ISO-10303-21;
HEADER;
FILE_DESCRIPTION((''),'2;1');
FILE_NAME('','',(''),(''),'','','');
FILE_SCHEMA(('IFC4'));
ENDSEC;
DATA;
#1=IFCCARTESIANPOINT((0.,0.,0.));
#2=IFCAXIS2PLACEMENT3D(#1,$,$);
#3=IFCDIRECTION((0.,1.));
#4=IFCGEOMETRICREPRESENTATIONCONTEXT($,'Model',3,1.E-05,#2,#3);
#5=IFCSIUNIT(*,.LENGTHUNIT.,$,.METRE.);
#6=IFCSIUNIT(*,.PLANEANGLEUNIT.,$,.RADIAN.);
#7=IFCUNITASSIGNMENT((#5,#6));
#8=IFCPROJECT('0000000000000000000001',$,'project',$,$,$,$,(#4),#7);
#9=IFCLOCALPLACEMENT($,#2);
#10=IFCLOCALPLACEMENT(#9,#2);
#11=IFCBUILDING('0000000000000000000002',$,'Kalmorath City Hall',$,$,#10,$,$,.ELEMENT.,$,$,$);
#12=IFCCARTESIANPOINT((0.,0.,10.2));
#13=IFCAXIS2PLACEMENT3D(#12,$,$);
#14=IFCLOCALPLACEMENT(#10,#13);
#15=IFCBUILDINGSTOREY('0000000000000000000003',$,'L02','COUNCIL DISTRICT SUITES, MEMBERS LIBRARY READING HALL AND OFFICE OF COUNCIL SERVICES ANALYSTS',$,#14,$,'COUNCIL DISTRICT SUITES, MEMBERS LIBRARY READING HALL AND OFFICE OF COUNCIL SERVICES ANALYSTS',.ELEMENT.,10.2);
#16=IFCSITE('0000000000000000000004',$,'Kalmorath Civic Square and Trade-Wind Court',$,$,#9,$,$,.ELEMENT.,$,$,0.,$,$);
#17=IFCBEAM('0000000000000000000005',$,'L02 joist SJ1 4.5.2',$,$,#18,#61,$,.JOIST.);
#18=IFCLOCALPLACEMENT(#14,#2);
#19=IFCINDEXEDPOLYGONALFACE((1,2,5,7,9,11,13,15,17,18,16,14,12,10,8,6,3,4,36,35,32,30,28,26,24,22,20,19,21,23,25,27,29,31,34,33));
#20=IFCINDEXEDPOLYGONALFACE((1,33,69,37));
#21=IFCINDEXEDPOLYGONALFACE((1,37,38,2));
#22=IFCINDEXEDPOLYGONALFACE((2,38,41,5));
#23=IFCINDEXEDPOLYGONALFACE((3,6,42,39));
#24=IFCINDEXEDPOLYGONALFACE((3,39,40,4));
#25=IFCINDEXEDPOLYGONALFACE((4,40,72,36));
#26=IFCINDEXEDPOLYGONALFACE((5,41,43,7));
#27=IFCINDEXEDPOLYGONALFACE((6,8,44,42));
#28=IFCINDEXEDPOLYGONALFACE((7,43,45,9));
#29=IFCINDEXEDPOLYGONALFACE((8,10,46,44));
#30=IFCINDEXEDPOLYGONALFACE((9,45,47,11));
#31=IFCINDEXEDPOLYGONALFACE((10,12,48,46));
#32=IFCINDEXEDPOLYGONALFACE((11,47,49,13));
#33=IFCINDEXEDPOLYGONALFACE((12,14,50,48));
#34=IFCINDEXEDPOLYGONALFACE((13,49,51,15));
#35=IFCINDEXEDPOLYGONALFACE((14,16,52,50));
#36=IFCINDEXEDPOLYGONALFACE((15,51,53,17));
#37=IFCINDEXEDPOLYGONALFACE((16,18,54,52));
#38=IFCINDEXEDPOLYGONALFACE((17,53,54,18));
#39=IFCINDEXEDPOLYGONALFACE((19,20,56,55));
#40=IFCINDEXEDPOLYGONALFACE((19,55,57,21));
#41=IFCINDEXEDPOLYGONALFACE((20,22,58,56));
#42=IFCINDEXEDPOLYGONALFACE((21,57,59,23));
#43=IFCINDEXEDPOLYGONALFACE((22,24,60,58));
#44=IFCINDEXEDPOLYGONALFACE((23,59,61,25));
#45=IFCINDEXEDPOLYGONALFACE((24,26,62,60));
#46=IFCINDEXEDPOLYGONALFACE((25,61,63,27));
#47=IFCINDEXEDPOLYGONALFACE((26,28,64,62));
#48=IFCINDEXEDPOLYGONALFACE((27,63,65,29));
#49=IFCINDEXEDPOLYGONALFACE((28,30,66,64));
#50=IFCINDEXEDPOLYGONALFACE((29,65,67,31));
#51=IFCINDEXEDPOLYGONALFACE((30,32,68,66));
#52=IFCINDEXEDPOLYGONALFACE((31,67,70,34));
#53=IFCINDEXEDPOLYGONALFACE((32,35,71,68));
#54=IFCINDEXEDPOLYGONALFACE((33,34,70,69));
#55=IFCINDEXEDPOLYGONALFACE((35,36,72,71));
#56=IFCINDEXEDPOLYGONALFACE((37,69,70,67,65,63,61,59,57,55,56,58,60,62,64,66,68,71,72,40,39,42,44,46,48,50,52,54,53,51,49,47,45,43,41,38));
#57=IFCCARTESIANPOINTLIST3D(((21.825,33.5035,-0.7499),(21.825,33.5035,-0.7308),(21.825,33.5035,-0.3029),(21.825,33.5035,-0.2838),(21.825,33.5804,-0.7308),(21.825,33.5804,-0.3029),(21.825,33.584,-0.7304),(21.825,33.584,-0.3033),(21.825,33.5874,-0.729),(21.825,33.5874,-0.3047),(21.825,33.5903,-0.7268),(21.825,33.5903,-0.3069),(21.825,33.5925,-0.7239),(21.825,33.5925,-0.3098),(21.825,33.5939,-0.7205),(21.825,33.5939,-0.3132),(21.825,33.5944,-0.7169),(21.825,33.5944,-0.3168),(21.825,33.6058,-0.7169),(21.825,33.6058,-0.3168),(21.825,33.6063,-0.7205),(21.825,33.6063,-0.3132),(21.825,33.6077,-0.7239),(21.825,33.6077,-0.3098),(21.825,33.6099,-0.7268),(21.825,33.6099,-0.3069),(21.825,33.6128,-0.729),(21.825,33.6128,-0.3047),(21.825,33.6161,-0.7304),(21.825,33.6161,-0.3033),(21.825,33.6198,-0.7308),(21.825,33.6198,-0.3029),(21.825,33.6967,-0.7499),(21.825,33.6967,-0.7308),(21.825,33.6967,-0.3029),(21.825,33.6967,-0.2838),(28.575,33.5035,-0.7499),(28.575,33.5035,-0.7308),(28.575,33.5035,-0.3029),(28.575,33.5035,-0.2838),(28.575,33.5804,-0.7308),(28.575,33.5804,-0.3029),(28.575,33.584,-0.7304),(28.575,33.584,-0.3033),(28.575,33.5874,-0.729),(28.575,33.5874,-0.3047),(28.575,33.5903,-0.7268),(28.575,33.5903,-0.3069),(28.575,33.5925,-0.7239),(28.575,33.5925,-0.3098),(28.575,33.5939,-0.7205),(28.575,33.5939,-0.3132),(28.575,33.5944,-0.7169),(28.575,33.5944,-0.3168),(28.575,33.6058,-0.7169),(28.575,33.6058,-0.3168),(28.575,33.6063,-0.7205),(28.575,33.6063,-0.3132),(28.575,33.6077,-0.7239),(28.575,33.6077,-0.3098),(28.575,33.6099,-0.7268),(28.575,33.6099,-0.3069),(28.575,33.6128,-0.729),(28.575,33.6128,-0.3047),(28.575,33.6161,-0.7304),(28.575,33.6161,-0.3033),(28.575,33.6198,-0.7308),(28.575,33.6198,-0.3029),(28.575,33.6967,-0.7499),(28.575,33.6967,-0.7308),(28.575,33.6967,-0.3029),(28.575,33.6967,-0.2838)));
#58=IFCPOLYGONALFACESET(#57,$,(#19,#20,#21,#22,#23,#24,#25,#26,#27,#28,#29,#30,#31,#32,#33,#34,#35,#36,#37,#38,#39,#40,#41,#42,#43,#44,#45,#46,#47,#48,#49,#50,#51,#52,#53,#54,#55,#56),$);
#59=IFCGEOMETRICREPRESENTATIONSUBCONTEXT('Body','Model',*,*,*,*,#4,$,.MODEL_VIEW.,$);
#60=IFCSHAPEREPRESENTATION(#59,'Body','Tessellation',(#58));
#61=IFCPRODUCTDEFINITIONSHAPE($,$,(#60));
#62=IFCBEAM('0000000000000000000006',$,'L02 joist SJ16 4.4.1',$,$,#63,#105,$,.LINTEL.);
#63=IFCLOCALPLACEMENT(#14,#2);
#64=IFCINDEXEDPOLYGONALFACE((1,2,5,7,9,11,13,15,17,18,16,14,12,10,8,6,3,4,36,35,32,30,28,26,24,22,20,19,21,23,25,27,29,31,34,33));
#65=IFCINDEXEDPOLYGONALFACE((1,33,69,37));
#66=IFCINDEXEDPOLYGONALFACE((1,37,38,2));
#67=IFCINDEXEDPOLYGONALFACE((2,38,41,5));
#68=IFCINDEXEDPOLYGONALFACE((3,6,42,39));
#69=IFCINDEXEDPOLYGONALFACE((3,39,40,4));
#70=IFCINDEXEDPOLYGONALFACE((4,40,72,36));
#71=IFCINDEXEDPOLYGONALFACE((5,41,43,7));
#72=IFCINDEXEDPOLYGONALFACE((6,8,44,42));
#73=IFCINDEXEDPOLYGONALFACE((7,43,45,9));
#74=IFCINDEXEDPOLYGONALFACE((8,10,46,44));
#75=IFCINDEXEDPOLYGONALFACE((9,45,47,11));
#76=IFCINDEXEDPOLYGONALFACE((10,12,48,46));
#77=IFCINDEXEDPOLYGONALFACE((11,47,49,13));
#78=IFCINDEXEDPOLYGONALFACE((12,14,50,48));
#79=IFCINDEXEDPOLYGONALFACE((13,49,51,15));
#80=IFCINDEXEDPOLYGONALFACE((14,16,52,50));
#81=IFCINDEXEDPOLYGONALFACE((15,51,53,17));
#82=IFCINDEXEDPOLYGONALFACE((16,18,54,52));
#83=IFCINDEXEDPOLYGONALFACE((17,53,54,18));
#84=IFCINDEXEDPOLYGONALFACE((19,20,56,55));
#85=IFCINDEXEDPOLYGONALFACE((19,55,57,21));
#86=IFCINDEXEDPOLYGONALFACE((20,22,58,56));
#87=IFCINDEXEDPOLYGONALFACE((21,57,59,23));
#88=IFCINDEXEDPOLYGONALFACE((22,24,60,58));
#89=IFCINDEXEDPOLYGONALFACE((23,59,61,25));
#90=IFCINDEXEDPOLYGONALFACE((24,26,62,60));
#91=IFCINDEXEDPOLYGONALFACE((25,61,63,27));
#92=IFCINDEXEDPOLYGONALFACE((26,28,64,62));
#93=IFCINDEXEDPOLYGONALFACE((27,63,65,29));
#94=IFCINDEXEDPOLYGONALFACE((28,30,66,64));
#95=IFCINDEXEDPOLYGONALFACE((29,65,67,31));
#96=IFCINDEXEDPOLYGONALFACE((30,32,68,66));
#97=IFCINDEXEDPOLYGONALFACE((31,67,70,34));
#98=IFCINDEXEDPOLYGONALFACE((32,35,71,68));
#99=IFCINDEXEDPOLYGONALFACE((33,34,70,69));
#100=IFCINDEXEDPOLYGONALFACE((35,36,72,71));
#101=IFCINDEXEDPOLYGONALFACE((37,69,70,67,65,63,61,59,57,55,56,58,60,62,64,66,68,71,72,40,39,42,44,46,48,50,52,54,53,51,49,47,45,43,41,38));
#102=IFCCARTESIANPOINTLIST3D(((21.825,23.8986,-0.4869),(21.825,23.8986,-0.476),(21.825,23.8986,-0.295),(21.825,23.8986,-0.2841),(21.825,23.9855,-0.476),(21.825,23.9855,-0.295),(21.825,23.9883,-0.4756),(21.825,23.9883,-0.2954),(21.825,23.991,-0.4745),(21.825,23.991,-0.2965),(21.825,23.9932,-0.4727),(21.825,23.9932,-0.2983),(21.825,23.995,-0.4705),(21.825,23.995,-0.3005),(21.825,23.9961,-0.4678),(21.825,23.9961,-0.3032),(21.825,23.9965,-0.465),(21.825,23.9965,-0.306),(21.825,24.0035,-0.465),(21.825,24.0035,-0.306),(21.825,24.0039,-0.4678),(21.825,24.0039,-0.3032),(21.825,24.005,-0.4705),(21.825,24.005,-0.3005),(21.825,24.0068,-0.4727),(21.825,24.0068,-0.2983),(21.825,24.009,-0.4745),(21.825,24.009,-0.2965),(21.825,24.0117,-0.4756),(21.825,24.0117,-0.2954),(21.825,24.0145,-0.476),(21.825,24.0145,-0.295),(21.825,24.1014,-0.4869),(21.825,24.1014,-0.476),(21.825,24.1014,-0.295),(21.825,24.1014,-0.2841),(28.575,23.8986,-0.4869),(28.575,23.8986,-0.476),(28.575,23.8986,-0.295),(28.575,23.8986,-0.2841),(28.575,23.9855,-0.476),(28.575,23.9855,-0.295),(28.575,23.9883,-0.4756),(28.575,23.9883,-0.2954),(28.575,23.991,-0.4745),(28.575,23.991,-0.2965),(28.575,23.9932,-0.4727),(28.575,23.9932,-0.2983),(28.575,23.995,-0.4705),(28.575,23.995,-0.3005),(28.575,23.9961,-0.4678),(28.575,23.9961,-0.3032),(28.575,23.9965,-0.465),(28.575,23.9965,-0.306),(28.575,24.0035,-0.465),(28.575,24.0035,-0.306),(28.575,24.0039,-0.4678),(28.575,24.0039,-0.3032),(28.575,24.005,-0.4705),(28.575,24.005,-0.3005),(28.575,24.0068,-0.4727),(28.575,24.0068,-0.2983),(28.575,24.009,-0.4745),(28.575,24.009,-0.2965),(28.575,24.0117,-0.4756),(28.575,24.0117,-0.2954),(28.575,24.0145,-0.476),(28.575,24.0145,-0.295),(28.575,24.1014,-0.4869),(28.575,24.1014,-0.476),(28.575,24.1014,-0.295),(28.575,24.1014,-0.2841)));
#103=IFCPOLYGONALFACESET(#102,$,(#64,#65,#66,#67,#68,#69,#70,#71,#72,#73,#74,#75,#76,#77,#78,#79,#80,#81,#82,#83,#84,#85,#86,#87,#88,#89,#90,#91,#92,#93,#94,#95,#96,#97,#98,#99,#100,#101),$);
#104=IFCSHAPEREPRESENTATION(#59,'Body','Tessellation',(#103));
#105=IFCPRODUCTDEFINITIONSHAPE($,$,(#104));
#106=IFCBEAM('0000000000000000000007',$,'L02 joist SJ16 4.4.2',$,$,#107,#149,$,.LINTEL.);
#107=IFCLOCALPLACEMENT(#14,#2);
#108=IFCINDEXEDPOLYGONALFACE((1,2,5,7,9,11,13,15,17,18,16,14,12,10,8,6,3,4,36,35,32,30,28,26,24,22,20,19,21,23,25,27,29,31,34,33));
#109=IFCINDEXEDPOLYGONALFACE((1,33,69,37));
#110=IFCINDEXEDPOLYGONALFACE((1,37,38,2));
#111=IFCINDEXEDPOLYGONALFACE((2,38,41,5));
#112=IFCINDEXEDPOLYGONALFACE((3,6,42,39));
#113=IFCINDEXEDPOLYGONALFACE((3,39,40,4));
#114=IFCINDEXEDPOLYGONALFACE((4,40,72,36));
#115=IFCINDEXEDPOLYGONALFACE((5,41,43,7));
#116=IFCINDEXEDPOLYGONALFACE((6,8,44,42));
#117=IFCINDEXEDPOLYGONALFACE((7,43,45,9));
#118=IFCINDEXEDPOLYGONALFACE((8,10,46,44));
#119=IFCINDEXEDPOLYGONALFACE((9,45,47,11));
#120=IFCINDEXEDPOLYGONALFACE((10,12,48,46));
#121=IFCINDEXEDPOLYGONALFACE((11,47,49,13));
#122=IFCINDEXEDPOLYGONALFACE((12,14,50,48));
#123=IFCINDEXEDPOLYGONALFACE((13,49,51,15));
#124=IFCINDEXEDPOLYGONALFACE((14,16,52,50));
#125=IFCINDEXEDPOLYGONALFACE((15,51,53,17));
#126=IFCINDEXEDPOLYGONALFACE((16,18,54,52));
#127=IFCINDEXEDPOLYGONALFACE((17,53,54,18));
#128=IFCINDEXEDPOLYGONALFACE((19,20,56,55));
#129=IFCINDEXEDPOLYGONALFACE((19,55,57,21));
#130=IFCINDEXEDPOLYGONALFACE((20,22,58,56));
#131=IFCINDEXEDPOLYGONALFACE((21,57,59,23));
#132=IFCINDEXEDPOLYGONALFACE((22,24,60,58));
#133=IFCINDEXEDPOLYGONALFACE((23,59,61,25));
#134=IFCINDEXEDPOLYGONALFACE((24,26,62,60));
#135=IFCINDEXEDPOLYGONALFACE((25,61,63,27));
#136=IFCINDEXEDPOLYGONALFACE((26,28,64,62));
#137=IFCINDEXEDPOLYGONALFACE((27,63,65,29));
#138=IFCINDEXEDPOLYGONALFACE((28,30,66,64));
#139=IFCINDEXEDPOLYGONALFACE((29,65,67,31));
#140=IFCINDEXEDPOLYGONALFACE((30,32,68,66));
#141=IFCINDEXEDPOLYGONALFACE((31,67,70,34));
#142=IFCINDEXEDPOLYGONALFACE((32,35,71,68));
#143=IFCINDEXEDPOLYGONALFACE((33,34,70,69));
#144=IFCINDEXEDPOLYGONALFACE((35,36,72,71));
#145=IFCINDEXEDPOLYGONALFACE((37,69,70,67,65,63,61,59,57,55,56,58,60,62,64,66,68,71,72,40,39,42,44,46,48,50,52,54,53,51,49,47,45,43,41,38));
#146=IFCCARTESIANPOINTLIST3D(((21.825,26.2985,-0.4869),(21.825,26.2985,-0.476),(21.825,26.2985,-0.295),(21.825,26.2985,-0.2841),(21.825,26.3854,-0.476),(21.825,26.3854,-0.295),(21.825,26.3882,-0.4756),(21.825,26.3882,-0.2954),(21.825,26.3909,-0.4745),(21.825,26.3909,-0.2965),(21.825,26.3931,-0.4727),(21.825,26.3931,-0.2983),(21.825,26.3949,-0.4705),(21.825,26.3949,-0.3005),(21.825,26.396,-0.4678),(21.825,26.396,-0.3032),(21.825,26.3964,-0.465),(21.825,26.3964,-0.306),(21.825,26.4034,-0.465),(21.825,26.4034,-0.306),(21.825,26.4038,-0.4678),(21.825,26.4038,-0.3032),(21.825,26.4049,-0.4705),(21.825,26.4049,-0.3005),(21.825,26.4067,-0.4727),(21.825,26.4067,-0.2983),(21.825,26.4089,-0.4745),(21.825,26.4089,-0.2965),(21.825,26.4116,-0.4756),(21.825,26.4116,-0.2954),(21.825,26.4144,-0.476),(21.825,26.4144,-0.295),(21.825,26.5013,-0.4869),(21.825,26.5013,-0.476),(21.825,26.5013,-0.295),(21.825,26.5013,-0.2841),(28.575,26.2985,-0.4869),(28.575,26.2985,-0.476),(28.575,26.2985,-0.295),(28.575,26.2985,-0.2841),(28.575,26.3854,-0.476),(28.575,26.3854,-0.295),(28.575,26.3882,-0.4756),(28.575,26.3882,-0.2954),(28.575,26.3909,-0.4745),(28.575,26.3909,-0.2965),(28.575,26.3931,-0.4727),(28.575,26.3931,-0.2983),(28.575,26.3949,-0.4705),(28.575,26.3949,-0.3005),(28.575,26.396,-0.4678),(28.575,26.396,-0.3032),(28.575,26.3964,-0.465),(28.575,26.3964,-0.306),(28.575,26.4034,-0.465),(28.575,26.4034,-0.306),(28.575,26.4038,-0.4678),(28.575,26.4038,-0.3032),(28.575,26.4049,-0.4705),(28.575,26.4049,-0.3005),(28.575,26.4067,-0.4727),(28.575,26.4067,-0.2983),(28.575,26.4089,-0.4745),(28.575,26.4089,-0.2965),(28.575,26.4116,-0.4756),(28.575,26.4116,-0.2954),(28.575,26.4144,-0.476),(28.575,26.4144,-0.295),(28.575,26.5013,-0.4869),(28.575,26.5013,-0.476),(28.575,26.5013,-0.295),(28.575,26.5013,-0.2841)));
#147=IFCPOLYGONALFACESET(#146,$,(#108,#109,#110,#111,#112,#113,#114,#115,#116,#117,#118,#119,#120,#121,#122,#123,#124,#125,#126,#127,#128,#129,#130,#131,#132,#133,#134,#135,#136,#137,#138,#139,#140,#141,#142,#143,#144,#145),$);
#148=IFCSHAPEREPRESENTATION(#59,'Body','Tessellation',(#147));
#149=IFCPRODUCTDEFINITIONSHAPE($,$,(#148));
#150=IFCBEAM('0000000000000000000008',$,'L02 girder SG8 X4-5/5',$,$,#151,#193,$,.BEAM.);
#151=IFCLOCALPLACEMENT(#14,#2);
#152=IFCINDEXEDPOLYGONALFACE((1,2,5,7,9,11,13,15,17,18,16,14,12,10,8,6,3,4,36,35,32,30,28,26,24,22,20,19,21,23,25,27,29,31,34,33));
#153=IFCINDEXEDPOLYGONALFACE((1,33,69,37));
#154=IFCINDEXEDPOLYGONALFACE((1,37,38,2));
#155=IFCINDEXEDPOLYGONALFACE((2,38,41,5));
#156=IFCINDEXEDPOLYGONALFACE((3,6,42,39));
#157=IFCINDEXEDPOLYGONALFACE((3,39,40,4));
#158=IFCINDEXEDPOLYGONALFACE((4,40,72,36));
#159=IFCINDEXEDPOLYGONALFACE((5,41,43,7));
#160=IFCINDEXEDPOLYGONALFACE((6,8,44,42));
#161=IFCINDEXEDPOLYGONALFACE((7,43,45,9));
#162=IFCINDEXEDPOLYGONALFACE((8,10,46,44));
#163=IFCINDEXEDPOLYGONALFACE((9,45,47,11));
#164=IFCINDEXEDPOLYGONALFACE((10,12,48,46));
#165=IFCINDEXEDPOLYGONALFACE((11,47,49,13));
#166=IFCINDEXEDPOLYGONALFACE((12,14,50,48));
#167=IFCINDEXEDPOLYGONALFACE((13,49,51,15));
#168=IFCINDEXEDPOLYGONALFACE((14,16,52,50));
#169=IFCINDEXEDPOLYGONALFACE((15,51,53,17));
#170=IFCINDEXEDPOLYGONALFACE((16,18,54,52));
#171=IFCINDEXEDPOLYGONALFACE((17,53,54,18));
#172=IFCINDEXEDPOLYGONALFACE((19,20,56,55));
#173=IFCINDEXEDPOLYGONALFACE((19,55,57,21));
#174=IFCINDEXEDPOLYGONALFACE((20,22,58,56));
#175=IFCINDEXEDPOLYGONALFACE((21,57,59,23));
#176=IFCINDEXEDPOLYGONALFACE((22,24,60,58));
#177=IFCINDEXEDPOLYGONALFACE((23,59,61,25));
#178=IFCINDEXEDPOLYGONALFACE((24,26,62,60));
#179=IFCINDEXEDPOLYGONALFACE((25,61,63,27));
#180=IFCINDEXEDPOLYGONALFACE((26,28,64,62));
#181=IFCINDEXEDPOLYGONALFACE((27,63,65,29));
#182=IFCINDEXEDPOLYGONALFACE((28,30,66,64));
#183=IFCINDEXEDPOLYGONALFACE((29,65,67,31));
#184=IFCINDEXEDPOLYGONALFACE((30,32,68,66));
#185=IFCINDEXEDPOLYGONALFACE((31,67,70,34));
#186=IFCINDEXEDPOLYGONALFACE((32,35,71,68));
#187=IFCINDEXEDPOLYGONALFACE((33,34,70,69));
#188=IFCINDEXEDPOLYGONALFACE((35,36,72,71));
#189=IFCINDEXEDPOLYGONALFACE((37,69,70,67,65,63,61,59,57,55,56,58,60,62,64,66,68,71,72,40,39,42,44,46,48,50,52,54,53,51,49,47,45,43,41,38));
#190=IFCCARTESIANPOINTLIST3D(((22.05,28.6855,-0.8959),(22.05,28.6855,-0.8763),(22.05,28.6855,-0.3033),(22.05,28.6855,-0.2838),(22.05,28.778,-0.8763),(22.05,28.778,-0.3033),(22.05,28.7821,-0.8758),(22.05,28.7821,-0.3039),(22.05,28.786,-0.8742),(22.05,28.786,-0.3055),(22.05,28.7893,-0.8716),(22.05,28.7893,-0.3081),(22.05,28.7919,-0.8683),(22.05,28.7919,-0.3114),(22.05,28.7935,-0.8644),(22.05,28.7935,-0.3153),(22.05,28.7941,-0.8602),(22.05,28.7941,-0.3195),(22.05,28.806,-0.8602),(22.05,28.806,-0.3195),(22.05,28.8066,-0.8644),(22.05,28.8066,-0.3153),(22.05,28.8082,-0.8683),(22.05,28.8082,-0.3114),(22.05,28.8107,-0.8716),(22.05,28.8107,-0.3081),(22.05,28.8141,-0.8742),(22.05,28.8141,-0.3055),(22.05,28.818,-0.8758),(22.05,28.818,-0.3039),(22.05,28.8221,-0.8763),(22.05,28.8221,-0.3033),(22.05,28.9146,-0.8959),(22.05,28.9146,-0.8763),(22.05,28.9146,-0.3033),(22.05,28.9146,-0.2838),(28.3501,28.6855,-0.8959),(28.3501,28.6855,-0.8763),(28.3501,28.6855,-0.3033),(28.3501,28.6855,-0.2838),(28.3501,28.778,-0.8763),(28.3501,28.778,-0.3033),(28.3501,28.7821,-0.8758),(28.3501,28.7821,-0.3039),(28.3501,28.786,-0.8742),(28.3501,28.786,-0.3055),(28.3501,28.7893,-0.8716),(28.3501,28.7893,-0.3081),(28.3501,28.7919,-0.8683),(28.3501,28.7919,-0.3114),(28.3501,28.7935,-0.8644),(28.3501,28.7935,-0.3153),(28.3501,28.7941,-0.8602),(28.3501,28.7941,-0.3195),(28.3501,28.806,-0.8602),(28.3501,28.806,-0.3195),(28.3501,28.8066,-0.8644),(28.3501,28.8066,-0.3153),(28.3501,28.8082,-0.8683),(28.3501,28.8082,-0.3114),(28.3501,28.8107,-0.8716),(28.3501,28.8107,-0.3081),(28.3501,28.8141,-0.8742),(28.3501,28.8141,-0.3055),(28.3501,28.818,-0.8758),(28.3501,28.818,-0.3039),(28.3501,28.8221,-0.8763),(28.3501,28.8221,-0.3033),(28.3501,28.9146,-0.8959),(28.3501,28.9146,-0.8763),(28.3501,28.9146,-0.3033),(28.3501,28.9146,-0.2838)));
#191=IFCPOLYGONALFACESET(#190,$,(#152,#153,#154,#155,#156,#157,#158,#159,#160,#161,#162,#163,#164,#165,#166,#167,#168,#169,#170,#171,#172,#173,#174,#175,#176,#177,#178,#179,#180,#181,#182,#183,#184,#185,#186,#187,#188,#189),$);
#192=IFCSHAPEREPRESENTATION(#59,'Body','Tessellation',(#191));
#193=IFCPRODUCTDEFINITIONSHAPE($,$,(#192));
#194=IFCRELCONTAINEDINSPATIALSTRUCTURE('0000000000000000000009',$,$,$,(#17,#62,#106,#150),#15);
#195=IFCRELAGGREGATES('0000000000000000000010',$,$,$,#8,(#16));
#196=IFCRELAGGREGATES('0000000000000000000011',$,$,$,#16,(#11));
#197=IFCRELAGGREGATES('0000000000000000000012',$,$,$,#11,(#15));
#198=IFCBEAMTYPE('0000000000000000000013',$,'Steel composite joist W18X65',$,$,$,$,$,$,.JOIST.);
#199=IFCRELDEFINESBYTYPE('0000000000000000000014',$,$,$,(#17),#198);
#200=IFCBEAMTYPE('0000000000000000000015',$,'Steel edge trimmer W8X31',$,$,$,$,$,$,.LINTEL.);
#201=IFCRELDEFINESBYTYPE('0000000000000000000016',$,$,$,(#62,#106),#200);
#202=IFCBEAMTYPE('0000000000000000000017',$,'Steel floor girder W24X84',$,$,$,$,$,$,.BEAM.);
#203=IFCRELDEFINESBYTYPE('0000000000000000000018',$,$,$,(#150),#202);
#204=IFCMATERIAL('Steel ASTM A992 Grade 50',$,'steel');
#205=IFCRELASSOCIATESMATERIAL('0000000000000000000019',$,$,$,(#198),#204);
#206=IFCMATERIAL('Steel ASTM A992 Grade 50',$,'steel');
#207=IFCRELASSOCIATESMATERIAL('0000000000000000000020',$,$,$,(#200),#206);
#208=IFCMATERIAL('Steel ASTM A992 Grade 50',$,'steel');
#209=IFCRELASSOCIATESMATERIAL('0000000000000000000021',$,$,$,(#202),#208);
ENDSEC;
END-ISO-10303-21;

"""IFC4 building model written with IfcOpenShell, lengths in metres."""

from ifc_helpers import new_model, si_unit, direction, frame, origin, origin_2d, place, context, subcontext, project, spatial, i_section, extrude, material, material_profile, profile_set, type_object, element, save


model = new_model("IFC4")

# Units and contexts
model_context = context("Model", 3, precision=1e-05, world=origin(), true_north=direction((0.0, 1.0)))
body_context = subcontext(model_context, "Body", "Model", "MODEL_VIEW")
ifc_project = project(units=[si_unit("LENGTHUNIT", "METRE"), si_unit("PLANEANGLEUNIT", "RADIAN")], contexts=[model_context])

# Site, building, storey
site_placement = place(None, origin())
site = spatial("IfcSite", under=ifc_project, at=site_placement, Name="Kalmorath Civic Square and Trade-Wind Court", CompositionType="ELEMENT", RefElevation=0.0)
building_placement = place(site_placement, origin())
building = spatial("IfcBuilding", under=site, at=building_placement, Name="Kalmorath City Hall", CompositionType="ELEMENT")
storey_placement = place(building_placement, frame((0.0, 0.0, 10.2)))
storey = spatial("IfcBuildingStorey", under=building, at=storey_placement, Name="L02", Description="COUNCIL DISTRICT SUITES, MEMBERS LIBRARY READING HALL AND OFFICE OF COUNCIL SERVICES ANALYSTS", LongName="COUNCIL DISTRICT SUITES, MEMBERS LIBRARY READING HALL AND OFFICE OF COUNCIL SERVICES ANALYSTS", CompositionType="ELEMENT", Elevation=10.2)

# Beams
ifc_material_1 = material(Name="Steel ASTM A992 Grade 50", Category="steel")
ifc_material_profile_1 = material_profile(ifc_material_1, i_section(OverallWidth=0.1931, OverallDepth=0.4661, WebThickness=0.0115, FlangeThickness=0.019, FilletRadius=0.0139, at=origin_2d()), Name="W18X65")
ifc_profile_set_1 = profile_set([ifc_material_profile_1], Name="Steel ASTM A992 Grade 50")
beam_type_1 = type_object("IfcBeamType", Name="Steel composite joist W18X65", PredefinedType="JOIST", material=ifc_profile_set_1)
for number, where, z_axis, x_axis, name in (
    (1, (21.825, 33.6001, -0.5168), (1.0, 0.0, 0.0), (0.0, 1.0, 0.0), "L02 joist SJ1 4.5.2"),
):
    element("IfcBeam", number, at=place(storey_placement, frame(where, z_axis=z_axis, x_axis=x_axis)), inside=storey, type_object=beam_type_1, Name=name, PredefinedType="JOIST", context=body_context, shape_type="SweptSolid", body=[
        extrude(i_section(OverallWidth=0.1931, OverallDepth=0.4661, WebThickness=0.0115, FlangeThickness=0.019, FilletRadius=0.0139, at=origin_2d()), origin(), (0.0, 0.0, 1.0), 6.75),
    ])
ifc_material_2 = material(Name="Steel ASTM A992 Grade 50", Category="steel")
ifc_material_profile_2 = material_profile(ifc_material_2, i_section(OverallWidth=0.2029, OverallDepth=0.2029, WebThickness=0.0071, FlangeThickness=0.011, FilletRadius=0.011, at=origin_2d()), Name="W8X31")
ifc_profile_set_2 = profile_set([ifc_material_profile_2], Name="Steel ASTM A992 Grade 50")
beam_type_2 = type_object("IfcBeamType", Name="Steel edge trimmer W8X31", PredefinedType="LINTEL", material=ifc_profile_set_2)
for number, where, z_axis, x_axis, name in (
    (2, (21.825, 24.0, -0.3855), (1.0, 0.0, 0.0), (0.0, 1.0, 0.0), "L02 joist SJ16 4.4.1"),
    (3, (21.825, 26.3999, -0.3855), (1.0, 0.0, 0.0), (0.0, 1.0, 0.0), "L02 joist SJ16 4.4.2"),
):
    element("IfcBeam", number, at=place(storey_placement, frame(where, z_axis=z_axis, x_axis=x_axis)), inside=storey, type_object=beam_type_2, Name=name, PredefinedType="LINTEL", context=body_context, shape_type="SweptSolid", body=[
        extrude(i_section(OverallWidth=0.2029, OverallDepth=0.2029, WebThickness=0.0071, FlangeThickness=0.011, FilletRadius=0.011, at=origin_2d()), origin(), (0.0, 0.0, 1.0), 6.75),
    ])
ifc_material_3 = material(Name="Steel ASTM A992 Grade 50", Category="steel")
ifc_material_profile_3 = material_profile(ifc_material_3, i_section(OverallWidth=0.229, OverallDepth=0.6121, WebThickness=0.012, FlangeThickness=0.0195, FilletRadius=0.0161, at=origin_2d()), Name="W24X84")
ifc_profile_set_3 = profile_set([ifc_material_profile_3], Name="Steel ASTM A992 Grade 50")
beam_type_3 = type_object("IfcBeamType", Name="Steel floor girder W24X84", PredefinedType="BEAM", material=ifc_profile_set_3)
beam_1_placement = place(storey_placement, frame((22.05, 28.8, -0.5898), z_axis=(1.0, 0.0, 0.0), x_axis=(0.0, 1.0, 0.0)))
element("IfcBeam", 4, at=beam_1_placement, inside=storey, type_object=beam_type_3, Name="L02 girder SG8 X4-5/5", PredefinedType="BEAM", context=body_context, shape_type="SweptSolid", body=[
    extrude(i_section(OverallWidth=0.229, OverallDepth=0.6121, WebThickness=0.012, FlangeThickness=0.0195, FilletRadius=0.0161, at=origin_2d()), origin(), (0.0, 0.0, 1.0), 6.3),
])

save(model, "model.ifc")
